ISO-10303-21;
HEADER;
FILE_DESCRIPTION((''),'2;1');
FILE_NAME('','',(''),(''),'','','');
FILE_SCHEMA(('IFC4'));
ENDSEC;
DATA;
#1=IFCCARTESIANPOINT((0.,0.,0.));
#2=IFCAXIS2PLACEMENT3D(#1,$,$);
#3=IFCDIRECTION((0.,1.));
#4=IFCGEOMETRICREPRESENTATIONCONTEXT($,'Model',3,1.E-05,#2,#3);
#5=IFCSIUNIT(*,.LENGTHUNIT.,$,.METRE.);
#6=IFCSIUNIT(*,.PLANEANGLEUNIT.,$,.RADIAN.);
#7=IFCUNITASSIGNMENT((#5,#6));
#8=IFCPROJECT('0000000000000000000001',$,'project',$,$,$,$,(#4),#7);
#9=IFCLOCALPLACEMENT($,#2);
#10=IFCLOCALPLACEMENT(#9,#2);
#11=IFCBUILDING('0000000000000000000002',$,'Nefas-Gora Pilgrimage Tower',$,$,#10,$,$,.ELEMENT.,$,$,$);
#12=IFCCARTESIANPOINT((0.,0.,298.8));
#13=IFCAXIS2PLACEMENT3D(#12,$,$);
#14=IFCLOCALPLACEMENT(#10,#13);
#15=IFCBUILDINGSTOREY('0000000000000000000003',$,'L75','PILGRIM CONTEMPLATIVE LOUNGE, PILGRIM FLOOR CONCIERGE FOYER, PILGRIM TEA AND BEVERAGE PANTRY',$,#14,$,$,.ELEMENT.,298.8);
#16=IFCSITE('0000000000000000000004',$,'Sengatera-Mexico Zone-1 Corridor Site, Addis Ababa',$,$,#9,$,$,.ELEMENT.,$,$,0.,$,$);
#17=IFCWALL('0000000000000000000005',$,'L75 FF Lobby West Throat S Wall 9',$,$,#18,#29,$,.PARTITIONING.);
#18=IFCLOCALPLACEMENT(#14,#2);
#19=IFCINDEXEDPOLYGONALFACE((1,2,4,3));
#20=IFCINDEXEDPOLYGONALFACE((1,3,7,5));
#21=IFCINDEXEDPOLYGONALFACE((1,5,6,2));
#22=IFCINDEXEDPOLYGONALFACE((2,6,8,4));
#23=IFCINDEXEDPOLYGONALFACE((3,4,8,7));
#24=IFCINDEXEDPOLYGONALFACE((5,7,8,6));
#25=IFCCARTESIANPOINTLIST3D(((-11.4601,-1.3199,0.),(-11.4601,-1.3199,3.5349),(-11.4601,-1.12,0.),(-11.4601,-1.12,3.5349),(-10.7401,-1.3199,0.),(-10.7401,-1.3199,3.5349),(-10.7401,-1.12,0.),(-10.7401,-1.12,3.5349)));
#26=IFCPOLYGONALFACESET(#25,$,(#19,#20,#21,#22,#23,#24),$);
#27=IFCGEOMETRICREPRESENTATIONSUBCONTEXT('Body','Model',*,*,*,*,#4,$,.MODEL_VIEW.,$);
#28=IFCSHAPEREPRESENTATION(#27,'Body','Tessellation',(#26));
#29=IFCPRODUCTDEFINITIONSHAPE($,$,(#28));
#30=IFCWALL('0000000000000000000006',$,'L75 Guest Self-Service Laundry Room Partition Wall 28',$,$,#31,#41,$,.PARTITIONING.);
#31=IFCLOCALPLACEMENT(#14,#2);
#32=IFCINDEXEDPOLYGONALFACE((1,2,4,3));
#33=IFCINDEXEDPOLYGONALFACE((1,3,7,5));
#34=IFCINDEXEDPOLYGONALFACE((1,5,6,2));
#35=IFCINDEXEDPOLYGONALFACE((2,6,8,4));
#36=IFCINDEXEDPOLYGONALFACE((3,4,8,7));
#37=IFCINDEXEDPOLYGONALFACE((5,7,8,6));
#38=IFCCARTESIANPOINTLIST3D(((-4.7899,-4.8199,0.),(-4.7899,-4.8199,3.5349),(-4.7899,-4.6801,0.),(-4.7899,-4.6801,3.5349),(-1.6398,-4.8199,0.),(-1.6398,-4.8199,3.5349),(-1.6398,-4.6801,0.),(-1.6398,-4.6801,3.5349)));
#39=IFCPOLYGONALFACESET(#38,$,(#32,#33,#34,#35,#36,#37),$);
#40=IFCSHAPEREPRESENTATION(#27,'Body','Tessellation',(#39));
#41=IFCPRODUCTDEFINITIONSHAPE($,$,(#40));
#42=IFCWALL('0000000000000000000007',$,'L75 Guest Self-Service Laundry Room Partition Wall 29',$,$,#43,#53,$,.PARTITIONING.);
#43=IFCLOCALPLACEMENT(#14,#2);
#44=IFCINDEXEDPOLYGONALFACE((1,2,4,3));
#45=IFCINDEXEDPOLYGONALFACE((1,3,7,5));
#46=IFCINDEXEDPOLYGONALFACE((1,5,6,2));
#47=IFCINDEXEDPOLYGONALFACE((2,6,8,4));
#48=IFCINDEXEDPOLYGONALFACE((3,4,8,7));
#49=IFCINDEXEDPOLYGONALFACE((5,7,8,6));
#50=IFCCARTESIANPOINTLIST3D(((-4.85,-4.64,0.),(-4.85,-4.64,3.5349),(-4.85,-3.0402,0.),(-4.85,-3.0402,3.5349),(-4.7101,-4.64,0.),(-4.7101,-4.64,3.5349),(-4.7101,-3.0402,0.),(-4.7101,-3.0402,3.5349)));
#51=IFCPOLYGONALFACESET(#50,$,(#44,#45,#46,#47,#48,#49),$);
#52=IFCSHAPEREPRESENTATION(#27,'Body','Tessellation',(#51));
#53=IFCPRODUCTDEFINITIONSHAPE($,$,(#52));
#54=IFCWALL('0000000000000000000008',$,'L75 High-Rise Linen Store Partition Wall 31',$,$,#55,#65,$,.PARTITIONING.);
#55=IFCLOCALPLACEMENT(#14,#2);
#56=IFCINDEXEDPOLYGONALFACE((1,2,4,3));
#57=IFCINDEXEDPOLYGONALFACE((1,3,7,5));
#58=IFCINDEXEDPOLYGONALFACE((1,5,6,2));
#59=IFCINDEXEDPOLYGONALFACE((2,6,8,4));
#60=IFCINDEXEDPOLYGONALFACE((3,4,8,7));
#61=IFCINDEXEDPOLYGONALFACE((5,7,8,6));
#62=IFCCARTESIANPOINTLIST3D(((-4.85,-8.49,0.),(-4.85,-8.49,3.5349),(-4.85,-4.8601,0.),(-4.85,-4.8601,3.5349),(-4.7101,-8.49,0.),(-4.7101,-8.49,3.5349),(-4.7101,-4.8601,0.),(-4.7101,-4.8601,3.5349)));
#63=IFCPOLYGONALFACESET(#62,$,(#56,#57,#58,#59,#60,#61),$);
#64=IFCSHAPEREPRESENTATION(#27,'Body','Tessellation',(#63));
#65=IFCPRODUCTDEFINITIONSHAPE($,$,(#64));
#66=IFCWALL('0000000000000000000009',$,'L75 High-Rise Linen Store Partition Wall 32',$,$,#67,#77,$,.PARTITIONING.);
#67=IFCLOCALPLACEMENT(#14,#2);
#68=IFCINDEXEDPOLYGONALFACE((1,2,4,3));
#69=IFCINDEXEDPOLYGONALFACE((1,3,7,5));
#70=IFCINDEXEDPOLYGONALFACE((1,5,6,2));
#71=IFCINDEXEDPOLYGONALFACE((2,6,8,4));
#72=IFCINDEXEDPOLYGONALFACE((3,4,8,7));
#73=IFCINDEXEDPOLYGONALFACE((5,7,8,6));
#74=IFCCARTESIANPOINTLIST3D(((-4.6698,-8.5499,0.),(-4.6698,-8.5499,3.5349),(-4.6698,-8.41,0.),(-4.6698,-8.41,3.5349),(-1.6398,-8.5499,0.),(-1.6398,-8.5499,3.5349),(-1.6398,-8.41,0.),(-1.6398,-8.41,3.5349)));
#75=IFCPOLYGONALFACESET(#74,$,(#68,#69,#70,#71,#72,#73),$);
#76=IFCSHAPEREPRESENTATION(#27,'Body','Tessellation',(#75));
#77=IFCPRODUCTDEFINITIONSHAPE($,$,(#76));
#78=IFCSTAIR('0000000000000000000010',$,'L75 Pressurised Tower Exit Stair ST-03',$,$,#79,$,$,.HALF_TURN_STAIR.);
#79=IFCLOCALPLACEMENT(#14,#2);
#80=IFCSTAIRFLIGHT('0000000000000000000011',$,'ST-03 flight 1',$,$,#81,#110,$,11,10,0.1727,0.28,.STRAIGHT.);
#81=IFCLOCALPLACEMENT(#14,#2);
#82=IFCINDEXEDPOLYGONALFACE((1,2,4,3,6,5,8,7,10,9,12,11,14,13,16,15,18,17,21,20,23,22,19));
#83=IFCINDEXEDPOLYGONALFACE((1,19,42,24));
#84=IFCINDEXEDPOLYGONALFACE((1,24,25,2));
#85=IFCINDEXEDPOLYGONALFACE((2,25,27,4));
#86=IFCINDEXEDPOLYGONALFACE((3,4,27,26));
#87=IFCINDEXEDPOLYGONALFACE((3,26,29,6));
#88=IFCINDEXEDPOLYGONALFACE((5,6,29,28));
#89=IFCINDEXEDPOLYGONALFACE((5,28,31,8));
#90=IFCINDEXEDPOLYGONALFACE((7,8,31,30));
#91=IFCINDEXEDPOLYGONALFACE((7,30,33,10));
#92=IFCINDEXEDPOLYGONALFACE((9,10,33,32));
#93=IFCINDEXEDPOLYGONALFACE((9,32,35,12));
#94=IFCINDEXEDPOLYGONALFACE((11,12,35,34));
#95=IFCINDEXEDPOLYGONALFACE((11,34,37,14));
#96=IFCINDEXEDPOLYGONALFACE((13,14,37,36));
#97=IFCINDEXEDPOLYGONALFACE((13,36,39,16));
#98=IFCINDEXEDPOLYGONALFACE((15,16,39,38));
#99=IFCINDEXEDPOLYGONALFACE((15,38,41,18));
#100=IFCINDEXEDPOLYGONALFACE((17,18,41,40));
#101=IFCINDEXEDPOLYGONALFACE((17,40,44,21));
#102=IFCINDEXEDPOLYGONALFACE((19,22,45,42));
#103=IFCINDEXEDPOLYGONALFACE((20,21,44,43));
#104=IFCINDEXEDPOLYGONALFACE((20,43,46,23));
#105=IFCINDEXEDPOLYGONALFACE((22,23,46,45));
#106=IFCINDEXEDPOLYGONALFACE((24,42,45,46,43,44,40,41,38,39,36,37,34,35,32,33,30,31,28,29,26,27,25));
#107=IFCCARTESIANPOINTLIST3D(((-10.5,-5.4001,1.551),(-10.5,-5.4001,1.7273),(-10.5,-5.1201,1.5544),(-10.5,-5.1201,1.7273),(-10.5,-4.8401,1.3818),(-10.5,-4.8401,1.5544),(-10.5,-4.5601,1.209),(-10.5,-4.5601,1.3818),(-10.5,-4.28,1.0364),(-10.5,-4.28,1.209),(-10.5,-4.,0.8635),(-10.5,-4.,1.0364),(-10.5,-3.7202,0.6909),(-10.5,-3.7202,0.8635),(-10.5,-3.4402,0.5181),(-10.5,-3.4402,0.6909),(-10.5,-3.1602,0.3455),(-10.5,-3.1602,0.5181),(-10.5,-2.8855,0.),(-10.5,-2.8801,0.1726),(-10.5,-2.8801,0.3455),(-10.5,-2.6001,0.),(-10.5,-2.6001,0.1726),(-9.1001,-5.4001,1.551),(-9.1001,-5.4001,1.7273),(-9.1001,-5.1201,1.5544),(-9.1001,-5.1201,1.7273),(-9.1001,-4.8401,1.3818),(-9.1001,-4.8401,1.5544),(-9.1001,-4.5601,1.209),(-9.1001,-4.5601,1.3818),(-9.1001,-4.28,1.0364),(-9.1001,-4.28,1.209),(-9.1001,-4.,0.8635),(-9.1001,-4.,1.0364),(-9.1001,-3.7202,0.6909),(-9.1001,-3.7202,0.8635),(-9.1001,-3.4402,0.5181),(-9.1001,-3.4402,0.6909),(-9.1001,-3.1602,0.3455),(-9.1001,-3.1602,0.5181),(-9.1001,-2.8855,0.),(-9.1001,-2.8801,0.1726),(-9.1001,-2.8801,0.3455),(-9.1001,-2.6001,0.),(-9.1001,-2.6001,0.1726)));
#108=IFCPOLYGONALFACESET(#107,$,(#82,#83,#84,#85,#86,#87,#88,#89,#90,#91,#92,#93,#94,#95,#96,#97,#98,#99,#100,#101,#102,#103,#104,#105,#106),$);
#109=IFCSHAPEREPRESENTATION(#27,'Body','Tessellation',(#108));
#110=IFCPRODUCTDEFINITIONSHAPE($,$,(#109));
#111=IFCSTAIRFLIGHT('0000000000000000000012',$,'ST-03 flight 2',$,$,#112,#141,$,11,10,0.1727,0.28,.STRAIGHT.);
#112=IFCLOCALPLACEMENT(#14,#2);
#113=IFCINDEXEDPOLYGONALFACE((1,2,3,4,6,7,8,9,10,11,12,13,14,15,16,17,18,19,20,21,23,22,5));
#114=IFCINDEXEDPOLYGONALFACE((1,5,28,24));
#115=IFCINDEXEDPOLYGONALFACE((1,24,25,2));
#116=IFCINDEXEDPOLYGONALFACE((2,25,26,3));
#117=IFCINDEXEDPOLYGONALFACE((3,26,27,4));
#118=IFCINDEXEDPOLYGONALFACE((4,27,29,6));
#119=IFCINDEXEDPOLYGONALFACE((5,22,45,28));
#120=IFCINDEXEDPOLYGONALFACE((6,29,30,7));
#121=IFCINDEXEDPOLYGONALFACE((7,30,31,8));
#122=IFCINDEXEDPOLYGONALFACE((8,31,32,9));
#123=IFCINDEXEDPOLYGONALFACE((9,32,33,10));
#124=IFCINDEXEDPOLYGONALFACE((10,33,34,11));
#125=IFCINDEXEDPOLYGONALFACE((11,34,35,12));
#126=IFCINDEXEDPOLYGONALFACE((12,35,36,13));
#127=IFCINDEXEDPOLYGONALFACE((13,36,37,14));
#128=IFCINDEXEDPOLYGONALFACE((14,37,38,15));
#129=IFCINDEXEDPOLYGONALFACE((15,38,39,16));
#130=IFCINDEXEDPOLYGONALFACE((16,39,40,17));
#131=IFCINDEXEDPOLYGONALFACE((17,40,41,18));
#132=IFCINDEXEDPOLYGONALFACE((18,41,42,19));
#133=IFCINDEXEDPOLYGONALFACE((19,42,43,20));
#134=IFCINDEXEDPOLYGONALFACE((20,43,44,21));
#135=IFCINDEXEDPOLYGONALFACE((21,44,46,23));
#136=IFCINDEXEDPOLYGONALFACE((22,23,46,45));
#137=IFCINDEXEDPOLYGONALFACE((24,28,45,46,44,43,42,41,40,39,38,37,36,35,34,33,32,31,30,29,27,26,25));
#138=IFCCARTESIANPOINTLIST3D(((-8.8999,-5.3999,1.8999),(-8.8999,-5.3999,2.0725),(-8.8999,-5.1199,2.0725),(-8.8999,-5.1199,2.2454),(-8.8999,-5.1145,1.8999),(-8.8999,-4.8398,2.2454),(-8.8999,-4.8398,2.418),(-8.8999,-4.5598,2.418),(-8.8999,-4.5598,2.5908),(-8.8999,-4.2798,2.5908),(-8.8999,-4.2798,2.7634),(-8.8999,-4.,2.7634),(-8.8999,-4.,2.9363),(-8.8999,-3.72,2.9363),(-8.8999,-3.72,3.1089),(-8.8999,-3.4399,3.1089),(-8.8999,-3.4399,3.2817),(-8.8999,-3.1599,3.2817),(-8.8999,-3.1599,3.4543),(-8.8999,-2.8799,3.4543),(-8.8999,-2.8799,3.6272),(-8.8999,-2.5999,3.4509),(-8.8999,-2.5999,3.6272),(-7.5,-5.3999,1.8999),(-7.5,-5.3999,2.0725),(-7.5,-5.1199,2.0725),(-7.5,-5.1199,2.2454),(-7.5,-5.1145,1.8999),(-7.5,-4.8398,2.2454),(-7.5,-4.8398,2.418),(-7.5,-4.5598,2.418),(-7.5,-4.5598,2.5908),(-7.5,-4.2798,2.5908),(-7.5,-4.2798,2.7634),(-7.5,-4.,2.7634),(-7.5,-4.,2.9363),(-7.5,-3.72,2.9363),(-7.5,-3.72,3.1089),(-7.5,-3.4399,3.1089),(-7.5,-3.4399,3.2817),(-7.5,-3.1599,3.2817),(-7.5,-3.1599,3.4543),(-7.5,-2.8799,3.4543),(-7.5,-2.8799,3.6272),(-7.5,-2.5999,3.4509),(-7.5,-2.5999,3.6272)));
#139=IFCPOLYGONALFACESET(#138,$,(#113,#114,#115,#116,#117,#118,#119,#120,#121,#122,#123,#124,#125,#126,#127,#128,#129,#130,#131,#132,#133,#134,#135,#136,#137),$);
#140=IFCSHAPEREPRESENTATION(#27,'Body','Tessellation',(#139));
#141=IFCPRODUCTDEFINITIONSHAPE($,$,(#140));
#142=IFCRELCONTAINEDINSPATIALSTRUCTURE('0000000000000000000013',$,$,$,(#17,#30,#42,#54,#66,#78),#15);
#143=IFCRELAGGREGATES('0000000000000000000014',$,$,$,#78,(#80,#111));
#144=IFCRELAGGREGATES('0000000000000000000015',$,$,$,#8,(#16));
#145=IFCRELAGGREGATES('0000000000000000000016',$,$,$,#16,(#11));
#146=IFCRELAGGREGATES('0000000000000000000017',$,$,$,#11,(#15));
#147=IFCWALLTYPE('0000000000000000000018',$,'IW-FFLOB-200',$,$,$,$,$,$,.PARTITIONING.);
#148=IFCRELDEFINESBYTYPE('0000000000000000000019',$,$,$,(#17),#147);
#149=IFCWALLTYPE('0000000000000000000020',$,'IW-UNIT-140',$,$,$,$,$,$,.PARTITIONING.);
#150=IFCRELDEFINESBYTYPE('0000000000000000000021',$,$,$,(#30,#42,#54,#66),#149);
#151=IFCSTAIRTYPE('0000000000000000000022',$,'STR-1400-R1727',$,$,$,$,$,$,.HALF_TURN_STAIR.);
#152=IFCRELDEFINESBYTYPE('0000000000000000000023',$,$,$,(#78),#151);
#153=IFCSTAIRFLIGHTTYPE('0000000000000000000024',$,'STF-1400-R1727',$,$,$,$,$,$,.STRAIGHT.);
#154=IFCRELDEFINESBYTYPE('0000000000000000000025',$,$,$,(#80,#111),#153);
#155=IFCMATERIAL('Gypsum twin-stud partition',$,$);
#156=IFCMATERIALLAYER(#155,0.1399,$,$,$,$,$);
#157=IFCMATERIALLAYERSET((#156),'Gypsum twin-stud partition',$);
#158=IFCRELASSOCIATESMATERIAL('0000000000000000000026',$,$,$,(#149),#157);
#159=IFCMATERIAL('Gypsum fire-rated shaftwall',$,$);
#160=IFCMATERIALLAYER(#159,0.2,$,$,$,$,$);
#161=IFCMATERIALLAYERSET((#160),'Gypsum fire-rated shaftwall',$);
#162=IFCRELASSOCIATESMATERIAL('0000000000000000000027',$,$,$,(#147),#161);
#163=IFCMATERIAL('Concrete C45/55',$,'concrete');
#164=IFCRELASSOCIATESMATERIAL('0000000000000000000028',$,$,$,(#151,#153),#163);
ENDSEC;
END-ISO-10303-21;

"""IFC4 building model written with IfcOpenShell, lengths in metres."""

from ifc_helpers import new_model, si_unit, direction, frame, frame_2d, origin, place, context, subcontext, project, spatial, polyline, rectangle, outline, extrude, source, transform, mapped, material, layer, layer_set, type_object, element, aggregate, save


model = new_model("IFC4")

# Units and contexts
model_context = context("Model", 3, precision=1e-05, world=origin(), true_north=direction((0.0, 1.0)))
body_context = subcontext(model_context, "Body", "Model", "MODEL_VIEW")
ifc_project = project(units=[si_unit("LENGTHUNIT", "METRE"), si_unit("PLANEANGLEUNIT", "RADIAN")], contexts=[model_context])

# Site, building, storey
site_placement = place(None, origin())
site = spatial("IfcSite", under=ifc_project, at=site_placement, Name="Sengatera-Mexico Zone-1 Corridor Site, Addis Ababa", CompositionType="ELEMENT", RefElevation=0.0)
building_placement = place(site_placement, origin())
building = spatial("IfcBuilding", under=site, at=building_placement, Name="Nefas-Gora Pilgrimage Tower", CompositionType="ELEMENT")
storey_placement = place(building_placement, frame((0.0, 0.0, 298.8)))
storey = spatial("IfcBuildingStorey", under=building, at=storey_placement, Name="L75", Description="PILGRIM CONTEMPLATIVE LOUNGE, PILGRIM FLOOR CONCIERGE FOYER, PILGRIM TEA AND BEVERAGE PANTRY", CompositionType="ELEMENT", Elevation=298.8)

# Shared definitions
ifc_material_1 = material(Name="Concrete C45/55", Category="concrete")

# Walls
ifc_material_2 = material(Name="Gypsum twin-stud partition")
ifc_layer_1 = layer(ifc_material_2, 0.1399)
ifc_layer_set_1 = layer_set([ifc_layer_1], Name="Gypsum twin-stud partition")
wall_type_1 = type_object("IfcWallType", Name="IW-UNIT-140", PredefinedType="PARTITIONING", material=ifc_layer_set_1)
ifc_material_3 = material(Name="Gypsum fire-rated shaftwall")
ifc_layer_2 = layer(ifc_material_3, 0.2)
ifc_layer_set_2 = layer_set([ifc_layer_2], Name="Gypsum fire-rated shaftwall")
wall_type_2 = type_object("IfcWallType", Name="IW-FFLOB-200", PredefinedType="PARTITIONING", material=ifc_layer_set_2)
shared_shape_1 = source(origin(), body_context, "Body", "SweptSolid", [
    extrude(rectangle(XDim=0.72, YDim=0.2, at=frame_2d((0.3599, 0.0))), origin(), (0.0, 0.0, 1.0), 3.5349),
])
wall_1_placement = place(storey_placement, frame((-11.46, -1.22, 0.0), z_axis=(0.0, 0.0, 1.0), x_axis=(1.0, 0.0, 0.0)))
element("IfcWall", 1, at=wall_1_placement, inside=storey, type_object=wall_type_2, Name="L75 FF Lobby West Throat S Wall 9", PredefinedType="PARTITIONING", context=body_context, shape_type="MappedRepresentation", body=[
    mapped(shared_shape_1, transform((0.0, 0.0, 0.0), x_axis=(1.0, 0.0, 0.0), y_axis=(0.0, 1.0, 0.0), z_axis=(0.0, 0.0, 1.0), scale=1.0)),
])
shared_shape_2 = source(origin(), body_context, "Body", "SweptSolid", [
    extrude(rectangle(XDim=3.1501, YDim=0.1399, at=frame_2d((1.5752, 0.0))), origin(), (0.0, 0.0, 1.0), 3.5349),
])
wall_2_placement = place(storey_placement, frame((-4.79, -4.75, 0.0), z_axis=(0.0, 0.0, 1.0), x_axis=(1.0, 0.0, 0.0)))
element("IfcWall", 2, at=wall_2_placement, inside=storey, type_object=wall_type_1, Name="L75 Guest Self-Service Laundry Room Partition Wall 28", PredefinedType="PARTITIONING", context=body_context, shape_type="MappedRepresentation", body=[
    mapped(shared_shape_2, transform((0.0, 0.0, 0.0), x_axis=(1.0, 0.0, 0.0), y_axis=(0.0, 1.0, 0.0), z_axis=(0.0, 0.0, 1.0), scale=1.0)),
])
shared_shape_3 = source(origin(), body_context, "Body", "SweptSolid", [
    extrude(rectangle(XDim=1.5999, YDim=0.1399, at=frame_2d((0.7998, 0.0))), origin(), (0.0, 0.0, 1.0), 3.5349),
])
wall_3_placement = place(storey_placement, frame((-4.78, -4.6399, 0.0), z_axis=(0.0, 0.0, 1.0), x_axis=(0.0, 1.0, 0.0)))
element("IfcWall", 3, at=wall_3_placement, inside=storey, type_object=wall_type_1, Name="L75 Guest Self-Service Laundry Room Partition Wall 29", PredefinedType="PARTITIONING", context=body_context, shape_type="MappedRepresentation", body=[
    mapped(shared_shape_3, transform((0.0, 0.0, 0.0), x_axis=(1.0, 0.0, 0.0), y_axis=(0.0, 1.0, 0.0), z_axis=(0.0, 0.0, 1.0), scale=1.0)),
])
shared_shape_4 = source(origin(), body_context, "Body", "SweptSolid", [
    extrude(rectangle(XDim=3.6299, YDim=0.1399, at=frame_2d((1.8149, 0.0))), origin(), (0.0, 0.0, 1.0), 3.5349),
])
wall_4_placement = place(storey_placement, frame((-4.78, -8.49, 0.0), z_axis=(0.0, 0.0, 1.0), x_axis=(0.0, 1.0, 0.0)))
element("IfcWall", 4, at=wall_4_placement, inside=storey, type_object=wall_type_1, Name="L75 High-Rise Linen Store Partition Wall 31", PredefinedType="PARTITIONING", context=body_context, shape_type="MappedRepresentation", body=[
    mapped(shared_shape_4, transform((0.0, 0.0, 0.0), x_axis=(1.0, 0.0, 0.0), y_axis=(0.0, 1.0, 0.0), z_axis=(0.0, 0.0, 1.0), scale=1.0)),
])
shared_shape_5 = source(origin(), body_context, "Body", "SweptSolid", [
    extrude(rectangle(XDim=3.03, YDim=0.1399, at=frame_2d((1.5151, 0.0))), origin(), (0.0, 0.0, 1.0), 3.5349),
])
wall_5_placement = place(storey_placement, frame((-4.6699, -8.48, 0.0), z_axis=(0.0, 0.0, 1.0), x_axis=(1.0, 0.0, 0.0)))
element("IfcWall", 5, at=wall_5_placement, inside=storey, type_object=wall_type_1, Name="L75 High-Rise Linen Store Partition Wall 32", PredefinedType="PARTITIONING", context=body_context, shape_type="MappedRepresentation", body=[
    mapped(shared_shape_5, transform((0.0, 0.0, 0.0), x_axis=(1.0, 0.0, 0.0), y_axis=(0.0, 1.0, 0.0), z_axis=(0.0, 0.0, 1.0), scale=1.0)),
])

# Stair, stair flights
stair_type = type_object("IfcStairType", Name="STR-1400-R1727", PredefinedType="HALF_TURN_STAIR", material=ifc_material_1)
stair_placement = place(storey_placement, origin())
stair = element("IfcStair", 6, at=stair_placement, inside=storey, type_object=stair_type, Name="L75 Pressurised Tower Exit Stair ST-03", PredefinedType="HALF_TURN_STAIR")
stair_flight_type = type_object("IfcStairFlightType", Name="STF-1400-R1727", PredefinedType="STRAIGHT", material=ifc_material_1)
shared_shape_6 = source(origin(), body_context, "Body", "SweptSolid", [
    extrude(outline(polyline([(0.0, 0.0), (0.0, 0.1726), (0.28, 0.1726), (0.28, 0.3455), (0.5601, 0.3455), (0.5601, 0.5181), (0.8401, 0.5181), (0.8401, 0.6909), (1.1201, 0.6909), (1.1201, 0.8635), (1.3999, 0.8635), (1.3999, 1.0364), (1.6799, 1.0364), (1.6799, 1.209), (1.96, 1.209), (1.96, 1.3818), (2.24, 1.3818), (2.24, 1.5544), (2.52, 1.5544), (2.52, 1.7273), (2.8, 1.7273), (2.8, 1.8999), (2.8, 1.551), (0.2854, 0.0), (0.0, 0.0)])), frame((0.0, 0.7, 0.0), z_axis=(0.0, -1.0, 0.0), x_axis=(1.0, 0.0, 0.0)), (0.0, 0.0, 1.0), 1.3999),
])
stair_flight_1_placement = place(storey_placement, frame((-9.8, -2.6001, 0.0), z_axis=(0.0, 0.0, 1.0), x_axis=(0.0, -1.0, 0.0)))
stair_flight_1 = element("IfcStairFlight", 7, at=stair_flight_1_placement, type_object=stair_flight_type, Name="ST-03 flight 1", NumberOfRisers=11, NumberOfTreads=10, PredefinedType="STRAIGHT", RiserHeight=0.1727, TreadLength=0.28, context=body_context, shape_type="MappedRepresentation", body=[
    mapped(shared_shape_6, transform((0.0, 0.0, 0.0), x_axis=(1.0, 0.0, 0.0), y_axis=(0.0, 1.0, 0.0), z_axis=(0.0, 0.0, 1.0), scale=1.0)),
])
stair_flight_2_placement = place(storey_placement, frame((-8.2, -5.3999, 1.8999), z_axis=(0.0, 0.0, 1.0), x_axis=(0.0, 1.0, 0.0)))
stair_flight_2 = element("IfcStairFlight", 8, at=stair_flight_2_placement, type_object=stair_flight_type, Name="ST-03 flight 2", NumberOfRisers=11, NumberOfTreads=10, PredefinedType="STRAIGHT", RiserHeight=0.1727, TreadLength=0.28, context=body_context, shape_type="MappedRepresentation", body=[
    mapped(shared_shape_6, transform((0.0, 0.0, 0.0), x_axis=(1.0, 0.0, 0.0), y_axis=(0.0, 1.0, 0.0), z_axis=(0.0, 0.0, 1.0), scale=1.0)),
])
aggregate(stair, [stair_flight_1, stair_flight_2])

save(model, "model.ifc")
